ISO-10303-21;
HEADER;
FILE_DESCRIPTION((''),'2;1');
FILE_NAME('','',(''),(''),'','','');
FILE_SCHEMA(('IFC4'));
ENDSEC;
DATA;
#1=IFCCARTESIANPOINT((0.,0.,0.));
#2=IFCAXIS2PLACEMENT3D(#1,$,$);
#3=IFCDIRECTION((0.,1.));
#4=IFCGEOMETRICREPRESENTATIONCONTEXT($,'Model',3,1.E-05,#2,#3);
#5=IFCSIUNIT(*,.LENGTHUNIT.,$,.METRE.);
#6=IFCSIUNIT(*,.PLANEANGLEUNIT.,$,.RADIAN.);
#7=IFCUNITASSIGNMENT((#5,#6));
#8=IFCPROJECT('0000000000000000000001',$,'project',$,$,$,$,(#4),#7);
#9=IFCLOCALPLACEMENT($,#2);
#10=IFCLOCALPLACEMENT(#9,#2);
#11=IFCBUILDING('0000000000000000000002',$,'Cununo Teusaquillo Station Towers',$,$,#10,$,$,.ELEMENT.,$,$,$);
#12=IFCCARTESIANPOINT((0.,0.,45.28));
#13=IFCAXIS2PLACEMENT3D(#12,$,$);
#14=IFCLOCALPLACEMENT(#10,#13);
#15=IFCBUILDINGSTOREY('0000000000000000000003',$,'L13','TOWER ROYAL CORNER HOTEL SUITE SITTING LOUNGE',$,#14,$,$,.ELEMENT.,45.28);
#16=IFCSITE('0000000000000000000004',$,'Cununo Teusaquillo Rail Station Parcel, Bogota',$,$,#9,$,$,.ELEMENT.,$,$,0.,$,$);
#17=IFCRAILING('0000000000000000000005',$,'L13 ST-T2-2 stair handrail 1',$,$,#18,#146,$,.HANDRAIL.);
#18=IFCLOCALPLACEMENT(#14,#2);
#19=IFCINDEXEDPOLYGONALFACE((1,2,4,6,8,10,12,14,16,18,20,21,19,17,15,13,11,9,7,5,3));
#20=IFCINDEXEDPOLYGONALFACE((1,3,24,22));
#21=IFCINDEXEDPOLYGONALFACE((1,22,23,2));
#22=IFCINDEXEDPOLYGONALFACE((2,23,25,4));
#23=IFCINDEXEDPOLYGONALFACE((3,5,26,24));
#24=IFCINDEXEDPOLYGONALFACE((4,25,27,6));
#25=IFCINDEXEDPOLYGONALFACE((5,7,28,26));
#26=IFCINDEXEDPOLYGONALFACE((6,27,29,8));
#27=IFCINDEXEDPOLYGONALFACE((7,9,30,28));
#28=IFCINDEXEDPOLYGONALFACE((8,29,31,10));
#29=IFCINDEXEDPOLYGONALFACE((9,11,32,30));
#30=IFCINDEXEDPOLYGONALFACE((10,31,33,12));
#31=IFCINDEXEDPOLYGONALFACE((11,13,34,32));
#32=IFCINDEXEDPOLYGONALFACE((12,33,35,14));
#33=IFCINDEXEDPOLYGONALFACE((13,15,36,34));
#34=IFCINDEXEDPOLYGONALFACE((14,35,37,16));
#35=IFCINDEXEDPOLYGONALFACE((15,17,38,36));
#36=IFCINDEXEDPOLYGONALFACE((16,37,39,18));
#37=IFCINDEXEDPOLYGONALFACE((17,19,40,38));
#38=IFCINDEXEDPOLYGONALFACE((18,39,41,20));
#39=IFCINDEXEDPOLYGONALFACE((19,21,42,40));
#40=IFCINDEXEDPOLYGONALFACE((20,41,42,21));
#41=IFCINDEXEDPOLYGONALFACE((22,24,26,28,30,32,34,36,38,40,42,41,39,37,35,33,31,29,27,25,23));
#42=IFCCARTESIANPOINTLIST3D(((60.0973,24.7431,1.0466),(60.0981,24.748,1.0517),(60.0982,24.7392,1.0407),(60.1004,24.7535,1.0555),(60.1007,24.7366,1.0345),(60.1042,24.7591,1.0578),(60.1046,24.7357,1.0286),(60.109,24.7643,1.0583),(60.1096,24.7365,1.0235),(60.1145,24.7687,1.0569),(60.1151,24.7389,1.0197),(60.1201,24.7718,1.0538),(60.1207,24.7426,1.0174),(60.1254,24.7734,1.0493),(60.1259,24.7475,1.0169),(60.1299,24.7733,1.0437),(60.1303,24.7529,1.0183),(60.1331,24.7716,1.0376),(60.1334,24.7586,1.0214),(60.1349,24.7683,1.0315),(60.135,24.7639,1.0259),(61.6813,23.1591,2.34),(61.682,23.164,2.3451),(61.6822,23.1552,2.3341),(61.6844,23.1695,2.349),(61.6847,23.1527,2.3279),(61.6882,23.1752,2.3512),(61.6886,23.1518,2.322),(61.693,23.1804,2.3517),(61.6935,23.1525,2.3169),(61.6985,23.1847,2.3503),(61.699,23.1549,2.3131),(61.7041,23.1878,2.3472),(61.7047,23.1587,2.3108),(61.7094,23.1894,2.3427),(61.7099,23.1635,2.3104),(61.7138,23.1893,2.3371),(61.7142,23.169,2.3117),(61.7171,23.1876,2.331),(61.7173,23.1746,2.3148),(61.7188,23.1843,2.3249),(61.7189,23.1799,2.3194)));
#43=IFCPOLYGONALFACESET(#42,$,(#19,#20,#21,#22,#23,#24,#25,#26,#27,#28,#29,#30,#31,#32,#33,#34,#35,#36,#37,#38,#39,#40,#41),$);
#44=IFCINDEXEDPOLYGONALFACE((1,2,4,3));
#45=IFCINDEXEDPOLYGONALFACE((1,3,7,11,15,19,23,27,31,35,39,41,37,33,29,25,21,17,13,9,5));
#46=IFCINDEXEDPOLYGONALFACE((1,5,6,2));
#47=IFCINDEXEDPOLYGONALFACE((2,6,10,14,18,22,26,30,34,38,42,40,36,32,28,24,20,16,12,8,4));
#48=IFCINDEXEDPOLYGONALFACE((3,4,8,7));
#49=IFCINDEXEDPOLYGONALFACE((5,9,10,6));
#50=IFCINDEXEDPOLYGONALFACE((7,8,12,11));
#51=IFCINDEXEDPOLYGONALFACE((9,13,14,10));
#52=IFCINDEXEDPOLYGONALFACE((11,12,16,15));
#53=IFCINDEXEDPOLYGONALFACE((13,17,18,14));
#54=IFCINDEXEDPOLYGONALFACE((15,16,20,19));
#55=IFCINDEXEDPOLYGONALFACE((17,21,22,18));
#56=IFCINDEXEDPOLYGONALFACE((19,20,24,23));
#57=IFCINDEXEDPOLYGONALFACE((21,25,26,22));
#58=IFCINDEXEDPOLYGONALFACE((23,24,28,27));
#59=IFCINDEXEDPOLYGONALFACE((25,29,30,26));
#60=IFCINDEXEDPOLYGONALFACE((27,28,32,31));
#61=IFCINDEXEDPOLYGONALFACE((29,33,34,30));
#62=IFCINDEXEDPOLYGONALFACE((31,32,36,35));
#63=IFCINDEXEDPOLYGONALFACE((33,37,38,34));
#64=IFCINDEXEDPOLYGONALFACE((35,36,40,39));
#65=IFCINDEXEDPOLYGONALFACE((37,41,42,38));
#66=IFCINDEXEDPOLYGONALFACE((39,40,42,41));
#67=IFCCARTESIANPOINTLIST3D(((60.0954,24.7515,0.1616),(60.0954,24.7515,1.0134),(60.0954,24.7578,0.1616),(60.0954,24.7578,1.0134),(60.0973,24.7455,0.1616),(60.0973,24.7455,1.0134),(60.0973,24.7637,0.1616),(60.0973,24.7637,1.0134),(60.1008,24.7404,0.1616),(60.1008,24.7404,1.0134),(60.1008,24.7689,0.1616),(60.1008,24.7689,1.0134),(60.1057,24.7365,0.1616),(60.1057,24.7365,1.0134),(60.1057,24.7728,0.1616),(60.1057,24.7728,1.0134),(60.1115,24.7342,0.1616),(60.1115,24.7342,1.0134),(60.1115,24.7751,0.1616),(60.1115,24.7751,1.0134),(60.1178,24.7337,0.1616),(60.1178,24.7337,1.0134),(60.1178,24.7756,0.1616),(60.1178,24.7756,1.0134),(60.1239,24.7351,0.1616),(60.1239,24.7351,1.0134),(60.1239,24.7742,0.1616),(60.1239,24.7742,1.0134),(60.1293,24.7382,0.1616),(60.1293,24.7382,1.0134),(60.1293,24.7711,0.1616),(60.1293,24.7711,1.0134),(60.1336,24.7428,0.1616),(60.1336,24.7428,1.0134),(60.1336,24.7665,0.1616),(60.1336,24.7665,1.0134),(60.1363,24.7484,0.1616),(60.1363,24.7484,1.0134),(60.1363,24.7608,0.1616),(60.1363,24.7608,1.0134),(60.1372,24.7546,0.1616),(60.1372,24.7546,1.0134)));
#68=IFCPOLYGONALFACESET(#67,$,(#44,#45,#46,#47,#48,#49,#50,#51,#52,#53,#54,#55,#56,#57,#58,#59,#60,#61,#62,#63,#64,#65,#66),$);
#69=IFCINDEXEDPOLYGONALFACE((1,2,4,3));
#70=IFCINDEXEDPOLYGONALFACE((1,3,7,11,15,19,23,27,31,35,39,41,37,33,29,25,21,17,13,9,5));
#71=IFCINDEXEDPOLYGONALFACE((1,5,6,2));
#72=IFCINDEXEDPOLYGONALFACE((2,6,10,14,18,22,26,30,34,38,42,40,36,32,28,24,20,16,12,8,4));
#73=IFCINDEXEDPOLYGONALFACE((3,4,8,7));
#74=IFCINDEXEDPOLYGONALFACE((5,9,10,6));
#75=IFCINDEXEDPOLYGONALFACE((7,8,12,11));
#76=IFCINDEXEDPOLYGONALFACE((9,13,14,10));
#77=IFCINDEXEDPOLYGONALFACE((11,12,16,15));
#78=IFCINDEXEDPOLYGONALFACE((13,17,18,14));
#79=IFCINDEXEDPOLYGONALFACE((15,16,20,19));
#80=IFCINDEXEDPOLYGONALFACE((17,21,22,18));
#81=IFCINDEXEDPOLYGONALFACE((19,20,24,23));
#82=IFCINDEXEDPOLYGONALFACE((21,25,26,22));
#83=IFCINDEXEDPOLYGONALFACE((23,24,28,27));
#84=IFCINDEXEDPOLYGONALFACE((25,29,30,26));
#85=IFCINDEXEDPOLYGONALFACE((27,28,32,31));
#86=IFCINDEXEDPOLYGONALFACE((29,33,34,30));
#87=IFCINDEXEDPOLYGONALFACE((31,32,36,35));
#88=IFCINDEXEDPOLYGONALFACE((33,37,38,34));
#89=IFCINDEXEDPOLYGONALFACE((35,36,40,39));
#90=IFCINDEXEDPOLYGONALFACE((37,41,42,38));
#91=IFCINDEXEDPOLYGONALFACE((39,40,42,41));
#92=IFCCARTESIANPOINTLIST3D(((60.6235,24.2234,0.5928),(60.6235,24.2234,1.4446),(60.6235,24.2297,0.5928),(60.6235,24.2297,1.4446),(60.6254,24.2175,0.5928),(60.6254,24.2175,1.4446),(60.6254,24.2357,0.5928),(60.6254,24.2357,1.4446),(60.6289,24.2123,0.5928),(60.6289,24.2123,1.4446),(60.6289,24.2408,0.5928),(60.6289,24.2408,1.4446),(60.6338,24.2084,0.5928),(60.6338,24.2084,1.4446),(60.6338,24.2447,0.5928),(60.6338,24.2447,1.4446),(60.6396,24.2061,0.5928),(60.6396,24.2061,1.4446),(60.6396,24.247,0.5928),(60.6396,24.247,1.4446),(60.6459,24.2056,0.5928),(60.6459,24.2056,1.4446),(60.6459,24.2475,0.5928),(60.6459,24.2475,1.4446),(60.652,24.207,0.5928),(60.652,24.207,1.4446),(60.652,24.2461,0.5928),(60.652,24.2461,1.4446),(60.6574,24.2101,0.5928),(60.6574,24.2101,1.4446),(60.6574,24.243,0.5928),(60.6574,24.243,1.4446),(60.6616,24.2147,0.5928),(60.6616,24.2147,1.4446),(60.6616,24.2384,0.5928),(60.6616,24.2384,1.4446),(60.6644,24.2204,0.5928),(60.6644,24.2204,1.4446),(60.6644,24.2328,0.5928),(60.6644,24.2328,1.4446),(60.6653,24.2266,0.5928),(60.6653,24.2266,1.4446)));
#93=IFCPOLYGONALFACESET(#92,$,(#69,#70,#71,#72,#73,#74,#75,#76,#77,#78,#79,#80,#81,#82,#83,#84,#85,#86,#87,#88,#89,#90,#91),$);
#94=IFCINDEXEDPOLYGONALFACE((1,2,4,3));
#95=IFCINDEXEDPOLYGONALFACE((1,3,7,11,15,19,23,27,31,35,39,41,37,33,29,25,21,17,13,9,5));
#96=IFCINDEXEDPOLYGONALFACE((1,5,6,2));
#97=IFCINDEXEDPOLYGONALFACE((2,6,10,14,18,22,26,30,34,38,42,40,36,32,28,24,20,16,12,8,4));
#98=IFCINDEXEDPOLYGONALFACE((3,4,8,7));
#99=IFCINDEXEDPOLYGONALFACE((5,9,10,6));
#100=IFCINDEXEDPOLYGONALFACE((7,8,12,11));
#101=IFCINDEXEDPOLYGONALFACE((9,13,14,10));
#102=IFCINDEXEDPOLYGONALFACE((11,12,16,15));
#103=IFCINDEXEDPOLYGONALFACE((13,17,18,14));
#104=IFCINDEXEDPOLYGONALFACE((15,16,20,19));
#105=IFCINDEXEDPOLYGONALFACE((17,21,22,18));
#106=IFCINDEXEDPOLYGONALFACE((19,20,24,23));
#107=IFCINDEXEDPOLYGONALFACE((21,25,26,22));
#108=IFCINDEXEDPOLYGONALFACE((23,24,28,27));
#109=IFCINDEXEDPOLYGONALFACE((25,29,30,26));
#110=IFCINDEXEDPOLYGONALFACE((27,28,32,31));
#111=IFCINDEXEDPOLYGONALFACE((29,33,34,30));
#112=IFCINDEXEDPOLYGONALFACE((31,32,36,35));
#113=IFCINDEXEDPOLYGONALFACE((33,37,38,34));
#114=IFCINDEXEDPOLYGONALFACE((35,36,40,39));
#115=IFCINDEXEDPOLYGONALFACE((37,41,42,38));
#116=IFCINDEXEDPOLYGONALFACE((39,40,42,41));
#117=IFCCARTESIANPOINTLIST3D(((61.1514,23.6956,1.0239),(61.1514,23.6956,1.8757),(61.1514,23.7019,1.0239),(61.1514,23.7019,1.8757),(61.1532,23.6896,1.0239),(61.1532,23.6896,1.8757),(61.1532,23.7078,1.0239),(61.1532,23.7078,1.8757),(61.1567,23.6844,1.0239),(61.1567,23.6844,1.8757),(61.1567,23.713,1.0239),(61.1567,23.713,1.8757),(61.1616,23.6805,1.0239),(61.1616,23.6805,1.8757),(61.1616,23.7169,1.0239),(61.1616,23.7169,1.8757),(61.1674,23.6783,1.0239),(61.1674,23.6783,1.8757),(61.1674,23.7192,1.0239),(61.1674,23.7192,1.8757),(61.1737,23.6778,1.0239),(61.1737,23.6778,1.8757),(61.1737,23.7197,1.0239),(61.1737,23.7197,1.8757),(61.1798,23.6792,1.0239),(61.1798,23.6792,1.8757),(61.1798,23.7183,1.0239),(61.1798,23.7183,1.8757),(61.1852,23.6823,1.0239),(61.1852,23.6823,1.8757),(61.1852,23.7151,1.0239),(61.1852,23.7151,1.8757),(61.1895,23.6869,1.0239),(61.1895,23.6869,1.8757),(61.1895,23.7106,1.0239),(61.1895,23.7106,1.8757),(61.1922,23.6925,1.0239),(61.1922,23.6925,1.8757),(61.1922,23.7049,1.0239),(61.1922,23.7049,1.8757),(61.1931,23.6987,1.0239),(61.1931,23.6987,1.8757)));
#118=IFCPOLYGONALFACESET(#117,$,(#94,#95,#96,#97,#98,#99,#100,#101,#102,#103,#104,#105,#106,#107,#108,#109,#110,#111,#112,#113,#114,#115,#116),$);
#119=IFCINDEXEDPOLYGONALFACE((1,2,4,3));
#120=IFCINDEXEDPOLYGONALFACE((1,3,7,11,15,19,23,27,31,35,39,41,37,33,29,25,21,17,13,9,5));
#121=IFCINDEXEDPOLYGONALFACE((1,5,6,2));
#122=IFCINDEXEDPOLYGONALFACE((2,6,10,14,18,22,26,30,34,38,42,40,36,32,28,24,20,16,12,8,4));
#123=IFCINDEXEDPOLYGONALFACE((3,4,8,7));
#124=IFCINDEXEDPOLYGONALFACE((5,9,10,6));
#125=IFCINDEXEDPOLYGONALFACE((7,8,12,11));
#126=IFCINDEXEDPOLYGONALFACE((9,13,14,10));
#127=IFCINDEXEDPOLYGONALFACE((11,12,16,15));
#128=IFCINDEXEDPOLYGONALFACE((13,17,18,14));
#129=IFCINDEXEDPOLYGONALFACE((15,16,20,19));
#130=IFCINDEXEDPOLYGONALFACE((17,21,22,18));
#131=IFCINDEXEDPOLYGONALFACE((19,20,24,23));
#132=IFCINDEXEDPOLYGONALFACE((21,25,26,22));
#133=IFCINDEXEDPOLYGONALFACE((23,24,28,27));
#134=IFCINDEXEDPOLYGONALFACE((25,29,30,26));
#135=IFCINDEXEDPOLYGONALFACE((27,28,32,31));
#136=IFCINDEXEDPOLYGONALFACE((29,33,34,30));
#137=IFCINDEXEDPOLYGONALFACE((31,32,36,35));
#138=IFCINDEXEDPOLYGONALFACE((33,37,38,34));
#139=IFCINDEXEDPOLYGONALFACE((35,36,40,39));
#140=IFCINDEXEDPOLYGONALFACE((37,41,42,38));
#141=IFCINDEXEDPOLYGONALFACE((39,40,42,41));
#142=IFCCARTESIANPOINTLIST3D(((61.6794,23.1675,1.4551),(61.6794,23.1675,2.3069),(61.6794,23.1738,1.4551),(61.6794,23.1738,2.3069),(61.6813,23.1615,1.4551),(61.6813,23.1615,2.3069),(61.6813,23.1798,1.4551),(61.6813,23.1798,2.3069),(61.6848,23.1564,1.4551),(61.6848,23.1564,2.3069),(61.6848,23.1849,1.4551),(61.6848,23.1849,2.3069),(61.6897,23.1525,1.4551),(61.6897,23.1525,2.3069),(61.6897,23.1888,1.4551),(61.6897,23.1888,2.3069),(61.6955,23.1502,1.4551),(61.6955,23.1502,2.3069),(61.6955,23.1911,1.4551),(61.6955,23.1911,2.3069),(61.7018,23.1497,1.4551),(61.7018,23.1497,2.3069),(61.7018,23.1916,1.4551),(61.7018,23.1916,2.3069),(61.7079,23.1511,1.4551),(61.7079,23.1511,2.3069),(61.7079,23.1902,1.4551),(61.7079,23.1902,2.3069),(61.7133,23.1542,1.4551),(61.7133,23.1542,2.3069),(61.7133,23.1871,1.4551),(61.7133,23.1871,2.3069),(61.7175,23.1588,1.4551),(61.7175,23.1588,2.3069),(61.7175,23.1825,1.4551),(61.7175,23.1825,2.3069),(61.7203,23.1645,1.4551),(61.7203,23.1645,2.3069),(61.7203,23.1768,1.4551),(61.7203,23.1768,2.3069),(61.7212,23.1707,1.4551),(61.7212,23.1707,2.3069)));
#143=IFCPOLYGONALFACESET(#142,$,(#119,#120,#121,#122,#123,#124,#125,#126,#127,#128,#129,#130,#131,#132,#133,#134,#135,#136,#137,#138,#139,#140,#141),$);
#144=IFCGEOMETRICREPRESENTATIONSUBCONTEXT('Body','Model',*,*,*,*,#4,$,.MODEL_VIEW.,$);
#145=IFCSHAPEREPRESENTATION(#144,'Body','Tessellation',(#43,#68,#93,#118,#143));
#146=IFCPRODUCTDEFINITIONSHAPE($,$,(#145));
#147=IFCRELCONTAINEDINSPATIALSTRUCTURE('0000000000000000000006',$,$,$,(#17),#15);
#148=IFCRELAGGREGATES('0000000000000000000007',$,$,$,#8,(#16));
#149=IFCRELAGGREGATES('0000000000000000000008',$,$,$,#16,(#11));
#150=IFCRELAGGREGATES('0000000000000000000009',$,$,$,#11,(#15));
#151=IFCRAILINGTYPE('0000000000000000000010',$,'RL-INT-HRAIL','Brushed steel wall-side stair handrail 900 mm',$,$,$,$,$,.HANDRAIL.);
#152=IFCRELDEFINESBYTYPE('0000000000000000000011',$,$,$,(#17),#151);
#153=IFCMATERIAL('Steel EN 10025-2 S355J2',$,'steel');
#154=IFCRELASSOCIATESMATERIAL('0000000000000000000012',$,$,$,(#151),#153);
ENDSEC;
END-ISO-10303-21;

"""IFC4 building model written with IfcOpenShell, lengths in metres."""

from ifc_helpers import new_model, si_unit, direction, frame, origin, origin_2d, place, context, subcontext, project, spatial, circle, extrude, material, type_object, element, save


model = new_model("IFC4")

# Units and contexts
model_context = context("Model", 3, precision=1e-05, world=origin(), true_north=direction((0.0, 1.0)))
body_context = subcontext(model_context, "Body", "Model", "MODEL_VIEW")
ifc_project = project(units=[si_unit("LENGTHUNIT", "METRE"), si_unit("PLANEANGLEUNIT", "RADIAN")], contexts=[model_context])

# Site, building, storey
site_placement = place(None, origin())
site = spatial("IfcSite", under=ifc_project, at=site_placement, Name="Cununo Teusaquillo Rail Station Parcel, Bogota", CompositionType="ELEMENT", RefElevation=0.0)
building_placement = place(site_placement, origin())
building = spatial("IfcBuilding", under=site, at=building_placement, Name="Cununo Teusaquillo Station Towers", CompositionType="ELEMENT")
storey_placement = place(building_placement, frame((0.0, 0.0, 45.28)))
storey = spatial("IfcBuildingStorey", under=building, at=storey_placement, Name="L13", Description="TOWER ROYAL CORNER HOTEL SUITE SITTING LOUNGE", CompositionType="ELEMENT", Elevation=45.28)

# Railing
ifc_material_1 = material(Name="Steel EN 10025-2 S355J2", Category="steel")
railing_type_1 = type_object("IfcRailingType", Name="RL-INT-HRAIL", Description="Brushed steel wall-side stair handrail 900 mm", PredefinedType="HANDRAIL", material=ifc_material_1)
railing_1_placement = place(storey_placement, frame((60.1162, 24.7546, 0.1616)))
element("IfcRailing", 1, at=railing_1_placement, inside=storey, type_object=railing_type_1, Name="L13 ST-T2-2 stair handrail 1", PredefinedType="HANDRAIL", context=body_context, shape_type="SweptSolid", body=[
    extrude(circle(Radius=0.0239, at=origin_2d()), frame((0.0, 0.0, 0.876), z_axis=(0.612356, -0.612356, 0.50004), x_axis=(0.707107, 0.707107, 0.0)), (0.0, 0.0, 1.0), 2.5867),
    extrude(circle(Radius=0.021, at=origin_2d()), origin(), (0.0, 0.0, 1.0), 0.8518),
    extrude(circle(Radius=0.021, at=origin_2d()), frame((0.5281, -0.5281, 0.4312)), (0.0, 0.0, 1.0), 0.8518),
    extrude(circle(Radius=0.021, at=origin_2d()), frame((1.0559, -1.0559, 0.8623)), (0.0, 0.0, 1.0), 0.8518),
    extrude(circle(Radius=0.021, at=origin_2d()), frame((1.584, -1.584, 1.2935)), (0.0, 0.0, 1.0), 0.8518),
])

save(model, "model.ifc")
